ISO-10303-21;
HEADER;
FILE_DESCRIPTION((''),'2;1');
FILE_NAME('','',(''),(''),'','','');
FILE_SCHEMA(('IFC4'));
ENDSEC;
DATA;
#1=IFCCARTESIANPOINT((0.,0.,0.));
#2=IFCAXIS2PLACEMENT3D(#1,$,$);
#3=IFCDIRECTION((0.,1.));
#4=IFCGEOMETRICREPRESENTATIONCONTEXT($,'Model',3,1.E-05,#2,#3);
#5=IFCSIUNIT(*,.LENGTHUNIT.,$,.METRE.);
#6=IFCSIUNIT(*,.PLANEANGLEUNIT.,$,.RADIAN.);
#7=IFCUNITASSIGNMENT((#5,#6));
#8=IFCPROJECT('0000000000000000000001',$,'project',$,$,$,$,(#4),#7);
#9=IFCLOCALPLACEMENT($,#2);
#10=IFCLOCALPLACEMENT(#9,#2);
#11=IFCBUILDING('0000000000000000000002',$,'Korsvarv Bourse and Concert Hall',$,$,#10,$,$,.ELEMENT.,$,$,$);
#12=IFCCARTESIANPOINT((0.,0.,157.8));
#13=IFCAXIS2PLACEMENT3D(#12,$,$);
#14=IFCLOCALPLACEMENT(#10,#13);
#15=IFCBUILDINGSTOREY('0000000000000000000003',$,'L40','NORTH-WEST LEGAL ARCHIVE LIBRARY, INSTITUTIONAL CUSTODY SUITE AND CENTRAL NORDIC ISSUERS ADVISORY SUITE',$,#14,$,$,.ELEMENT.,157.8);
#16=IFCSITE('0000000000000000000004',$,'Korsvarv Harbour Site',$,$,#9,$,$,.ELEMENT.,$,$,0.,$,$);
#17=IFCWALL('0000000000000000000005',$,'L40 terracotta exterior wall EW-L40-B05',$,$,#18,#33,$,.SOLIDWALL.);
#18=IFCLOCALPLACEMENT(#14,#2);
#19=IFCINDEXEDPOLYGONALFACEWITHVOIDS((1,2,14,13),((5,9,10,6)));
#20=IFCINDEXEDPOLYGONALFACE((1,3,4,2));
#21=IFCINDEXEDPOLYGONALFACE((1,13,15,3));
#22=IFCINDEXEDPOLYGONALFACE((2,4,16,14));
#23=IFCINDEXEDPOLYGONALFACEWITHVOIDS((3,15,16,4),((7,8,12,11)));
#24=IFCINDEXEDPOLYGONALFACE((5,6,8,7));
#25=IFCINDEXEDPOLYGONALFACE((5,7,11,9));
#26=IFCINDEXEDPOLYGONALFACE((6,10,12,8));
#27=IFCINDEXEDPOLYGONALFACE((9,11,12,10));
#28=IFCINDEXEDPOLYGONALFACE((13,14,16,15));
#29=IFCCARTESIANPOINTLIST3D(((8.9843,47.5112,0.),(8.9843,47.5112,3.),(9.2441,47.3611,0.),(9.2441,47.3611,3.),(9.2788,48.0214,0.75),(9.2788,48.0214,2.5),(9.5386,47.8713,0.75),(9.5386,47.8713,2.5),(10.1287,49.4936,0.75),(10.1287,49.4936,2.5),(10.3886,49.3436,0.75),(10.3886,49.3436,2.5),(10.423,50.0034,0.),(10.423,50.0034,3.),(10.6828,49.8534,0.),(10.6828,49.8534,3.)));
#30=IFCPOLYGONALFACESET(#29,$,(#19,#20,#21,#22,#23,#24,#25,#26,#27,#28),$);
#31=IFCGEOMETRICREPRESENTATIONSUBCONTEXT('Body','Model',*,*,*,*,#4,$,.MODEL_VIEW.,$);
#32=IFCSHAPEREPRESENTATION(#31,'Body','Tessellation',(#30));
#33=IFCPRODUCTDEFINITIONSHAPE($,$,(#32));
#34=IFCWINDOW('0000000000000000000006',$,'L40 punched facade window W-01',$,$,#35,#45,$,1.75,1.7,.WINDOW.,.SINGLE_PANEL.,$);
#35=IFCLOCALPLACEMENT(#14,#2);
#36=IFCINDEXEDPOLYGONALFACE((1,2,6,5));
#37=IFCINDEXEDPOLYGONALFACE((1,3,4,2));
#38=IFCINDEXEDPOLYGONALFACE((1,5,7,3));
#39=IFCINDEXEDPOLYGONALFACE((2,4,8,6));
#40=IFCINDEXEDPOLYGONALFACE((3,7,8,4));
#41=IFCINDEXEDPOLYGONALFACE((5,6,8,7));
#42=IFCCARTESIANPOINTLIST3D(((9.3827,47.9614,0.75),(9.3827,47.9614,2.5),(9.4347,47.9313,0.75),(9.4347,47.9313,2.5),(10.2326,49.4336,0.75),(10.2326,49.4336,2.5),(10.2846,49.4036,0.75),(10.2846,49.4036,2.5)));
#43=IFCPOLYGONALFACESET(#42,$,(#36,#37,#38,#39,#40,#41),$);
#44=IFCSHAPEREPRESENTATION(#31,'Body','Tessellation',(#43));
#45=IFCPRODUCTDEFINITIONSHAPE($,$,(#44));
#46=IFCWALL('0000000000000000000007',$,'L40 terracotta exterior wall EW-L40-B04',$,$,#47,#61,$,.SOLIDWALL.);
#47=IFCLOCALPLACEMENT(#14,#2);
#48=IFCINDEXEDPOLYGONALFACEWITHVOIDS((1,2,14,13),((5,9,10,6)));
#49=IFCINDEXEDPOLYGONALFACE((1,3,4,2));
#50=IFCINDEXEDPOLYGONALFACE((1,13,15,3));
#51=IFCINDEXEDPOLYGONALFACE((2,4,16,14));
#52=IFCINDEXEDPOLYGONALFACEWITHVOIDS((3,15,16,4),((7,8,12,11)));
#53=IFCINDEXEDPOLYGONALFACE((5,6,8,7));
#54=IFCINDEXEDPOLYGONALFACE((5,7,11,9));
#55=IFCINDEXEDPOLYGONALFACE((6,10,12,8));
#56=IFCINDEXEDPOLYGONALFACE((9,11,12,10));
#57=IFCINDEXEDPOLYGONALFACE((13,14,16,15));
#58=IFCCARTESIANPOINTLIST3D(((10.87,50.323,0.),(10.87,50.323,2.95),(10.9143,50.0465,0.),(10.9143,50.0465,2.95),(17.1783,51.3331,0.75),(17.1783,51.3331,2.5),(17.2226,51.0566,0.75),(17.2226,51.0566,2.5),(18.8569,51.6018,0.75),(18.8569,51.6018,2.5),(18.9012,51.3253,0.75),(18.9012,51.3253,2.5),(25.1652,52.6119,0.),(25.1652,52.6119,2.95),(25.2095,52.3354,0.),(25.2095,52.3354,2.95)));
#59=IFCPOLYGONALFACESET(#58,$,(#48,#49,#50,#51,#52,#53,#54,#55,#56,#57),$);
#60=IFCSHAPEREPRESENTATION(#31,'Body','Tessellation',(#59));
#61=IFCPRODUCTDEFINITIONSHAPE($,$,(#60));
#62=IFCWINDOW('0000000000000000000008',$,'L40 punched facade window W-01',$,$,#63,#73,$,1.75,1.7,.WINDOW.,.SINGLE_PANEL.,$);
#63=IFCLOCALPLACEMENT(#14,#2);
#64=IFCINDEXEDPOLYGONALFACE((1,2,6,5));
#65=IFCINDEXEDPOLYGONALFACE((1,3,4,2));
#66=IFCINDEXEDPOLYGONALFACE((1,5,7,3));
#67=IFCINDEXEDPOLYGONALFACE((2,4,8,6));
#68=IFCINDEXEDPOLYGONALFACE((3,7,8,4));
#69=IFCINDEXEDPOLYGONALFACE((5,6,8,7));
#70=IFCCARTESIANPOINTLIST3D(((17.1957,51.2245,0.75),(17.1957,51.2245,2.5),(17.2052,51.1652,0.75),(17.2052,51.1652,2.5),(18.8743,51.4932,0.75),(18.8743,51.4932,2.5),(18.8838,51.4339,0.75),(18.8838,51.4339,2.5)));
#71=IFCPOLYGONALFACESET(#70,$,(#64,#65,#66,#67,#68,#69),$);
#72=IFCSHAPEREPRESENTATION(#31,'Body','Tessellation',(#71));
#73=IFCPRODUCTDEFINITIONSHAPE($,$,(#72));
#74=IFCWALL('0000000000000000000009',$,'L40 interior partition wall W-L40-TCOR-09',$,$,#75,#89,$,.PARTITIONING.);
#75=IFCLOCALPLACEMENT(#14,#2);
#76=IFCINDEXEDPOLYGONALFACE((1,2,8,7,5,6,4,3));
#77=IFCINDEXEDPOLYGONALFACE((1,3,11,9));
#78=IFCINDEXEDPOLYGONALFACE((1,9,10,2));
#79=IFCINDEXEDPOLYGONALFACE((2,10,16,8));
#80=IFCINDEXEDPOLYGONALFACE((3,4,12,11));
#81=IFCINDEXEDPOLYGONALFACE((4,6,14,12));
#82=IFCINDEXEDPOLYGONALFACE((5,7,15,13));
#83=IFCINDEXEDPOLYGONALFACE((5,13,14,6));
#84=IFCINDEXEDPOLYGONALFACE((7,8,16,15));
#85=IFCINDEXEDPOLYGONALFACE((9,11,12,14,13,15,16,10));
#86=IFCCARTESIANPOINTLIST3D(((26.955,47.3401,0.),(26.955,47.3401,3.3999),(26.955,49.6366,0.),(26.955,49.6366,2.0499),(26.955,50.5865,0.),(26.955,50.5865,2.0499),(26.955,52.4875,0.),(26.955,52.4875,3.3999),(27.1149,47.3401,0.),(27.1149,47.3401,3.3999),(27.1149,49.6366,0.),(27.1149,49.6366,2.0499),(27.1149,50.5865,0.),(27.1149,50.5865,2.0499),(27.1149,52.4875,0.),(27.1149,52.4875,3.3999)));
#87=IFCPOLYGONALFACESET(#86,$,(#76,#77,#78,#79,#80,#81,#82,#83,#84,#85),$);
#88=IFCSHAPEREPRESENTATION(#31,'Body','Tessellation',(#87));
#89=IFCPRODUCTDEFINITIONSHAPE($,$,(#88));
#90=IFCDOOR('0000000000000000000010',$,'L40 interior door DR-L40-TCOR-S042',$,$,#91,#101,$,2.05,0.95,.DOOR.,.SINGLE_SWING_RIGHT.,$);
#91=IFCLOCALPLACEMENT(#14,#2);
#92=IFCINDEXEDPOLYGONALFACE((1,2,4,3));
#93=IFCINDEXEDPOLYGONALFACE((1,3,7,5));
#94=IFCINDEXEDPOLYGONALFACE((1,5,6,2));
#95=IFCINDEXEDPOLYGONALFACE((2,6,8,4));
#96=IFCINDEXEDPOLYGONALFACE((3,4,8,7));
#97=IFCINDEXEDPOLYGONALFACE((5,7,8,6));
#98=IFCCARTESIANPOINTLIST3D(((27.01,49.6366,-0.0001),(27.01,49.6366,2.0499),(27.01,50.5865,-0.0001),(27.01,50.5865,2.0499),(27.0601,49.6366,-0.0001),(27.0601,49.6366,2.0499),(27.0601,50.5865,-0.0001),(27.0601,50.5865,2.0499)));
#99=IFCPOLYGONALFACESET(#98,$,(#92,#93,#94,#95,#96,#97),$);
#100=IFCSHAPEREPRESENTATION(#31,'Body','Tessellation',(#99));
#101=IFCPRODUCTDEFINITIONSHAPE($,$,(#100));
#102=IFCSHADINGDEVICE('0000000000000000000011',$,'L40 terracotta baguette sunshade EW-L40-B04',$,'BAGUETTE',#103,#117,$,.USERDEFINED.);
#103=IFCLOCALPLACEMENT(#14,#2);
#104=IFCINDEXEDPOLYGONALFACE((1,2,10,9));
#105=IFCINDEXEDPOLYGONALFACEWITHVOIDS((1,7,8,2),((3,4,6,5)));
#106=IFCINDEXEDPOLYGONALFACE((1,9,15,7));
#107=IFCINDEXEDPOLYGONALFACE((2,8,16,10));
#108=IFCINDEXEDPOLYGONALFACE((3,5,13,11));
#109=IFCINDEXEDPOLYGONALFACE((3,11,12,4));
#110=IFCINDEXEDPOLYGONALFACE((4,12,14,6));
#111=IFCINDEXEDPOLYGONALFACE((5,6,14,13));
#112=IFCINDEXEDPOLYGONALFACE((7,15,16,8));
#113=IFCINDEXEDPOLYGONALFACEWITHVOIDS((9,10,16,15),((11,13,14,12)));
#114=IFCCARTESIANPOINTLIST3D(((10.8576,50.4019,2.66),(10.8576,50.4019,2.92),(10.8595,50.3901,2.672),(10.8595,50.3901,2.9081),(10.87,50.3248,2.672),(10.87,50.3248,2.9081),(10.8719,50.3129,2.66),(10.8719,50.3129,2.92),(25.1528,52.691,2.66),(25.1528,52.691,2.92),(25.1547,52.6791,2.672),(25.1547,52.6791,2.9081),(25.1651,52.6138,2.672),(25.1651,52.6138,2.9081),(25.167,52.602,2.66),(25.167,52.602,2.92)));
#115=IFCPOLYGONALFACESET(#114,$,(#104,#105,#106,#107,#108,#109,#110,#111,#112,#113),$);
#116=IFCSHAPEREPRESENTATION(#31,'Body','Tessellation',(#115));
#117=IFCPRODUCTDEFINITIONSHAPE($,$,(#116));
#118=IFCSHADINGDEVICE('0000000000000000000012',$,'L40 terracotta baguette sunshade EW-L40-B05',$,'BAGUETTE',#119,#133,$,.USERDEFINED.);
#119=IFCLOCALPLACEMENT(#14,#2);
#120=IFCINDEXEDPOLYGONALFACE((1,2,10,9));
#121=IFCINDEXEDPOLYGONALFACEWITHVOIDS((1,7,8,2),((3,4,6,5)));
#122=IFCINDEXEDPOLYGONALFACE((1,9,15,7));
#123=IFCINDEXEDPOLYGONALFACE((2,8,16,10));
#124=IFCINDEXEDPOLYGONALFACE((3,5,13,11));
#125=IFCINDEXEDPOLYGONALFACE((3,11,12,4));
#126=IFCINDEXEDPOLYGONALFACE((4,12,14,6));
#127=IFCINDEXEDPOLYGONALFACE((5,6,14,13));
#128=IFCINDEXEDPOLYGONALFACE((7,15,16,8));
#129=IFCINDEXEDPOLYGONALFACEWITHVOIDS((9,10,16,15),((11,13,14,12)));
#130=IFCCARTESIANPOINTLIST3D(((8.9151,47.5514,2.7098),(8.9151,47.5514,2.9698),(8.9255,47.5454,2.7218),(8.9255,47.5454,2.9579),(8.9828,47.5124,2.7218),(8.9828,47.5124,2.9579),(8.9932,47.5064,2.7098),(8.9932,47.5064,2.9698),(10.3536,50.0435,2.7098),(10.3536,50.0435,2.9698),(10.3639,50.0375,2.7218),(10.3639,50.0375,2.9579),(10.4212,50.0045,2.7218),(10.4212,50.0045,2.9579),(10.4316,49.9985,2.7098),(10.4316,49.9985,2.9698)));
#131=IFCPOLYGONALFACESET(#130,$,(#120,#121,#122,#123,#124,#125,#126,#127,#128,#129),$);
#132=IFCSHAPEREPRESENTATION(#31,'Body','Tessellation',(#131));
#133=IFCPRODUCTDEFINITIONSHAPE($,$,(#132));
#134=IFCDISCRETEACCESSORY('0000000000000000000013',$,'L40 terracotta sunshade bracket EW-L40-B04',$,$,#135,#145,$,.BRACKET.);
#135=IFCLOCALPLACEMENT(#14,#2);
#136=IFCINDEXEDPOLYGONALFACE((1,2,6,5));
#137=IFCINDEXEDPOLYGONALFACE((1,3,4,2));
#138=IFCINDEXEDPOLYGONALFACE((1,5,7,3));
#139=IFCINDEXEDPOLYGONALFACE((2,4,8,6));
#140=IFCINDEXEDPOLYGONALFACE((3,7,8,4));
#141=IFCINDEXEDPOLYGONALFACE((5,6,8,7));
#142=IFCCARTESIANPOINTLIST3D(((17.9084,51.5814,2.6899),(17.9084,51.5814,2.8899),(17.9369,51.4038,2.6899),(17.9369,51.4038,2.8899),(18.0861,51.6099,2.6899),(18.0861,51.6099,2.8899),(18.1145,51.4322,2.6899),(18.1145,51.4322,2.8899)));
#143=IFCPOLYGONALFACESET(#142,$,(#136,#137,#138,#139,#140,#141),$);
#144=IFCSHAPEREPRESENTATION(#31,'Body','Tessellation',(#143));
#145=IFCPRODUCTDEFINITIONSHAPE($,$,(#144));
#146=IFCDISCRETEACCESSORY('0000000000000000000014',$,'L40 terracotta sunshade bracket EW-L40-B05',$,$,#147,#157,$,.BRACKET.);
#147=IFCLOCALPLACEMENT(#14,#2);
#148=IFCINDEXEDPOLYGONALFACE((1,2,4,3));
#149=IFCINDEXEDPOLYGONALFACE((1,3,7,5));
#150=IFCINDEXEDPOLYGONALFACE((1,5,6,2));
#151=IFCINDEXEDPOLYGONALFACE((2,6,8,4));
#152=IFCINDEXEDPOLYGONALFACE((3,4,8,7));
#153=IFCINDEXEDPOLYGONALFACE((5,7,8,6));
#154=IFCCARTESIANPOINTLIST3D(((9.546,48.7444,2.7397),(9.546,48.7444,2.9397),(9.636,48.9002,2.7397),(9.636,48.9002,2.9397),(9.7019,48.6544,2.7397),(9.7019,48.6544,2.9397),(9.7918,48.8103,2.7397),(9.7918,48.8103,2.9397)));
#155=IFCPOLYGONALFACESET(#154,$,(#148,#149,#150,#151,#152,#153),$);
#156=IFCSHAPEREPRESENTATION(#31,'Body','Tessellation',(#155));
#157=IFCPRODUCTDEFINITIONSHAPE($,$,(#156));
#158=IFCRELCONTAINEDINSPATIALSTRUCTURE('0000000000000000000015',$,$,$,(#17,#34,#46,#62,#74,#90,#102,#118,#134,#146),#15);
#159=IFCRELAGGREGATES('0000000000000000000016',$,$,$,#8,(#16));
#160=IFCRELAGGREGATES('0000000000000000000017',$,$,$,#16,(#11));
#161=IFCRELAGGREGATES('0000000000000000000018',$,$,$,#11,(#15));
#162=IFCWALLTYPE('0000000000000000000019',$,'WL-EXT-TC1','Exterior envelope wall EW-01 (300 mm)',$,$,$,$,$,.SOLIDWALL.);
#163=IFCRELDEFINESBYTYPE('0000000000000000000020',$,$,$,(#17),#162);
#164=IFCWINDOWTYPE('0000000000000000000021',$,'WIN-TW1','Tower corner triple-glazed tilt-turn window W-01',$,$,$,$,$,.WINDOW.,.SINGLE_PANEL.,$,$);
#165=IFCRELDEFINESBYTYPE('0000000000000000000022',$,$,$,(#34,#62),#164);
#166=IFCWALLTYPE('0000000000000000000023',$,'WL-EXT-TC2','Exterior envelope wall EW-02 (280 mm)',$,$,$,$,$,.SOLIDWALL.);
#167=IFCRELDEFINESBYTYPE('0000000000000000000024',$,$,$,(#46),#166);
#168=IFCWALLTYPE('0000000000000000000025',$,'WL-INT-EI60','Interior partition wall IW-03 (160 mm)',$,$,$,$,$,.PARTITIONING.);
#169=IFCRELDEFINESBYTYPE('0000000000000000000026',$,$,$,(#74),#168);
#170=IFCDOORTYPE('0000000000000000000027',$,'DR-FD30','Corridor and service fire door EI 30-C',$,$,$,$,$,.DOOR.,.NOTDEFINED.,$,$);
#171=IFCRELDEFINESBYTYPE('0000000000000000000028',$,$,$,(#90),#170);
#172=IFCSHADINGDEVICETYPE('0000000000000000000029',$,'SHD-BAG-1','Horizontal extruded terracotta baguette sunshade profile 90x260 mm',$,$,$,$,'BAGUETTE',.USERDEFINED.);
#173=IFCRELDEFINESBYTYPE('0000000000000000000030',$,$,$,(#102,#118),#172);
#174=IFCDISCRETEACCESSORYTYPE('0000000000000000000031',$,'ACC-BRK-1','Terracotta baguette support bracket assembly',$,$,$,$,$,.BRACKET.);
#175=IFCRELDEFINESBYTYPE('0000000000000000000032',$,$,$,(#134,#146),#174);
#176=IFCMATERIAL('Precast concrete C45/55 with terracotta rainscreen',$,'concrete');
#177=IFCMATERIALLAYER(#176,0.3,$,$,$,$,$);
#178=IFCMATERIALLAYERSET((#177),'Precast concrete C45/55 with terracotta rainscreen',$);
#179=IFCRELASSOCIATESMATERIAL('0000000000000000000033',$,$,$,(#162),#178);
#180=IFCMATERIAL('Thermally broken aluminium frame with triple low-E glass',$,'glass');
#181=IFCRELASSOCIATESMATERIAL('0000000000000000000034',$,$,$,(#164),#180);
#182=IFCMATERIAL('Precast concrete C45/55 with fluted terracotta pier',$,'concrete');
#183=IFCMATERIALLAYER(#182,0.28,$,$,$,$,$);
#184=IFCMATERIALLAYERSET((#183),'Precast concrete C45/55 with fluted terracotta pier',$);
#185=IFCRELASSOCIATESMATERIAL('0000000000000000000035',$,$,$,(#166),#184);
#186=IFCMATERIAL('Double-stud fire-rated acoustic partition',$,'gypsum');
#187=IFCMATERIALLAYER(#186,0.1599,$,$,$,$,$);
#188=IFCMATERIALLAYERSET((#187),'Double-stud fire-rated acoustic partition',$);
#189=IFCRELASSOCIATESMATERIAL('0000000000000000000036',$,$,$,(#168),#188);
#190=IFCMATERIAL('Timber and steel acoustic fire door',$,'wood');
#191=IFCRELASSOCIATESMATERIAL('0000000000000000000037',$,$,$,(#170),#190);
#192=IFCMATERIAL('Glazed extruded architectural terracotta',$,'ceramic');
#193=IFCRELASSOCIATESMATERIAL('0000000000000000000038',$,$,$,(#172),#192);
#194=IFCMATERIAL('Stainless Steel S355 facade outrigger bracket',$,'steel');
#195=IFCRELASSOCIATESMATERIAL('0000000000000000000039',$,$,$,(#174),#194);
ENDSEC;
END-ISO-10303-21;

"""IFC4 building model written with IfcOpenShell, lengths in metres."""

from ifc_helpers import new_model, si_unit, direction, frame, frame_2d, origin, origin_2d, place, context, subcontext, project, spatial, rectangle, hollow_rectangle, extrude, source, transform, mapped, material, layer, layer_set, material_profile, profile_set, type_object, element, fill, save


model = new_model("IFC4")

# Units and contexts
model_context = context("Model", 3, precision=1e-05, world=origin(), true_north=direction((0.0, 1.0)))
body_context = subcontext(model_context, "Body", "Model", "MODEL_VIEW")
ifc_project = project(units=[si_unit("LENGTHUNIT", "METRE"), si_unit("PLANEANGLEUNIT", "RADIAN")], contexts=[model_context])

# Site, building, storey
site_placement = place(None, origin())
site = spatial("IfcSite", under=ifc_project, at=site_placement, Name="Korsvarv Harbour Site", CompositionType="ELEMENT", RefElevation=0.0)
building_placement = place(site_placement, origin())
building = spatial("IfcBuilding", under=site, at=building_placement, Name="Korsvarv Bourse and Concert Hall", CompositionType="ELEMENT")
storey_placement = place(building_placement, frame((0.0, 0.0, 157.8)))
storey = spatial("IfcBuildingStorey", under=building, at=storey_placement, Name="L40", Description="NORTH-WEST LEGAL ARCHIVE LIBRARY, INSTITUTIONAL CUSTODY SUITE AND CENTRAL NORDIC ISSUERS ADVISORY SUITE", CompositionType="ELEMENT", Elevation=157.8)

# Walls, openings, windows
ifc_material_1 = material(Name="Precast concrete C45/55 with terracotta rainscreen", Category="concrete")
ifc_layer_1 = layer(ifc_material_1, 0.3)
ifc_layer_set_1 = layer_set([ifc_layer_1], Name="Precast concrete C45/55 with terracotta rainscreen")
wall_type_1 = type_object("IfcWallType", Name="WL-EXT-TC1", Description="Exterior envelope wall EW-01 (300 mm)", PredefinedType="SOLIDWALL", material=ifc_layer_set_1)
wall_1_placement = place(storey_placement, frame((10.553, 49.9285, 0.0), z_axis=(0.0, 0.0, 1.0), x_axis=(-0.499962, -0.866047, 0.0)))
wall_1 = element("IfcWall", 1, at=wall_1_placement, inside=storey, type_object=wall_type_1, Name="L40 terracotta exterior wall EW-L40-B05", PredefinedType="SOLIDWALL", context=body_context, shape_type="SweptSolid", body=[
    extrude(rectangle(XDim=2.8777, YDim=0.3, at=frame_2d((1.439, 0.0))), origin(), (0.0, 0.0, 1.0), 3.0),
])
opening_1_placement = place(wall_1_placement, frame((0.5886, 0.0, 0.75)))
opening_1 = element("IfcOpeningElement", 2, at=opening_1_placement, cuts=wall_1, PredefinedType="OPENING", context=body_context, shape_type="SweptSolid", body=[
    extrude(rectangle(XDim=1.7, YDim=1.75, at=frame_2d((0.8501, 0.875))), frame((0.0, 0.1602, 0.0), z_axis=(0.0, -1.0, 0.0), x_axis=(1.0, 0.0, 0.0)), (0.0, 0.0, 1.0), 0.3201),
])
ifc_material_2 = material(Name="Thermally broken aluminium frame with triple low-E glass", Category="glass")
window_type = type_object("IfcWindowType", Name="WIN-TW1", Description="Tower corner triple-glazed tilt-turn window W-01", PartitioningType="SINGLE_PANEL", PredefinedType="WINDOW", material=ifc_material_2)
window_1_placement = place(opening_1_placement, origin())
window_1 = element("IfcWindow", 3, at=window_1_placement, inside=storey, type_object=window_type, Name="L40 punched facade window W-01", OverallHeight=1.75, OverallWidth=1.7, PartitioningType="SINGLE_PANEL", PredefinedType="WINDOW", context=body_context, shape_type="SweptSolid", body=[
    extrude(rectangle(XDim=1.7, YDim=1.75, at=frame_2d((0.8501, 0.875))), frame((0.0, 0.03, 0.0), z_axis=(0.0, -1.0, 0.0), x_axis=(1.0, 0.0, 0.0)), (0.0, 0.0, 1.0), 0.0601),
])
fill(opening_1, window_1)
ifc_material_3 = material(Name="Precast concrete C45/55 with fluted terracotta pier", Category="concrete")
ifc_layer_2 = layer(ifc_material_3, 0.28)
ifc_layer_set_2 = layer_set([ifc_layer_2], Name="Precast concrete C45/55 with fluted terracotta pier")
wall_type_2 = type_object("IfcWallType", Name="WL-EXT-TC2", Description="Exterior envelope wall EW-02 (280 mm)", PredefinedType="SOLIDWALL", material=ifc_layer_set_2)
wall_2_placement = place(storey_placement, frame((25.1875, 52.4736, 0.0), z_axis=(0.0, 0.0, 1.0), x_axis=(-0.987423, -0.158098, 0.0)))
wall_2 = element("IfcWall", 4, at=wall_2_placement, inside=storey, type_object=wall_type_2, Name="L40 terracotta exterior wall EW-L40-B04", PredefinedType="SOLIDWALL", context=body_context, shape_type="SweptSolid", body=[
    extrude(rectangle(XDim=14.4773, YDim=0.28, at=frame_2d((7.2388, 0.0))), origin(), (0.0, 0.0, 1.0), 2.95),
])
opening_2_placement = place(wall_2_placement, frame((6.3887, 0.0, 0.75)))
opening_2 = element("IfcOpeningElement", 5, at=opening_2_placement, cuts=wall_2, PredefinedType="OPENING", context=body_context, shape_type="SweptSolid", body=[
    extrude(rectangle(XDim=1.7, YDim=1.75, at=frame_2d((0.8501, 0.875))), frame((0.0, 0.1499, 0.0), z_axis=(0.0, -1.0, 0.0), x_axis=(1.0, 0.0, 0.0)), (0.0, 0.0, 1.0), 0.3),
])
window_2_placement = place(opening_2_placement, origin())
window_2 = element("IfcWindow", 6, at=window_2_placement, inside=storey, type_object=window_type, Name="L40 punched facade window W-01", OverallHeight=1.75, OverallWidth=1.7, PartitioningType="SINGLE_PANEL", PredefinedType="WINDOW", context=body_context, shape_type="SweptSolid", body=[
    extrude(rectangle(XDim=1.7, YDim=1.75, at=frame_2d((0.8501, 0.875))), frame((0.0, 0.03, 0.0), z_axis=(0.0, -1.0, 0.0), x_axis=(1.0, 0.0, 0.0)), (0.0, 0.0, 1.0), 0.0601),
])
fill(opening_2, window_2)

# Wall, opening, door
ifc_material_4 = material(Name="Double-stud fire-rated acoustic partition", Category="gypsum")
ifc_layer_3 = layer(ifc_material_4, 0.1599)
ifc_layer_set_3 = layer_set([ifc_layer_3], Name="Double-stud fire-rated acoustic partition")
wall_type_3 = type_object("IfcWallType", Name="WL-INT-EI60", Description="Interior partition wall IW-03 (160 mm)", PredefinedType="PARTITIONING", material=ifc_layer_set_3)
wall_3_placement = place(storey_placement, frame((27.0349, 47.3401, 0.0), z_axis=(0.0, 0.0, 1.0), x_axis=(0.0, 1.0, 0.0)))
wall_3 = element("IfcWall", 7, at=wall_3_placement, inside=storey, type_object=wall_type_3, Name="L40 interior partition wall W-L40-TCOR-09", PredefinedType="PARTITIONING", context=body_context, shape_type="SweptSolid", body=[
    extrude(rectangle(XDim=5.1475, YDim=0.1599, at=frame_2d((2.5737, 0.0))), origin(), (0.0, 0.0, 1.0), 3.3999),
])
opening_3_placement = place(wall_3_placement, frame((2.2964, 0.0, 0.0)))
opening_3 = element("IfcOpeningElement", 8, at=opening_3_placement, cuts=wall_3, PredefinedType="OPENING", context=body_context, shape_type="SweptSolid", body=[
    extrude(rectangle(XDim=0.95, YDim=2.05, at=frame_2d((0.4751, 1.0249))), frame((0.0, 0.0898, 0.0), z_axis=(0.0, -1.0, 0.0), x_axis=(1.0, 0.0, 0.0)), (0.0, 0.0, 1.0), 0.1799),
])
ifc_material_5 = material(Name="Timber and steel acoustic fire door", Category="wood")
door_type = type_object("IfcDoorType", Name="DR-FD30", Description="Corridor and service fire door EI 30-C", OperationType="NOTDEFINED", PredefinedType="DOOR", material=ifc_material_5)
door_placement = place(opening_3_placement, origin())
door = element("IfcDoor", 9, at=door_placement, inside=storey, type_object=door_type, Name="L40 interior door DR-L40-TCOR-S042", OperationType="SINGLE_SWING_RIGHT", OverallHeight=2.05, OverallWidth=0.95, PredefinedType="DOOR", context=body_context, shape_type="SweptSolid", body=[
    extrude(rectangle(XDim=0.95, YDim=2.05, at=frame_2d((0.4751, 1.0249))), frame((0.0, 0.0249, 0.0), z_axis=(0.0, -1.0, 0.0), x_axis=(1.0, 0.0, 0.0)), (0.0, 0.0, 1.0), 0.05),
])
fill(opening_3, door)

# Shading devices
ifc_material_6 = material(Name="Glazed extruded architectural terracotta", Category="ceramic")
ifc_material_profile_1 = material_profile(ifc_material_6, hollow_rectangle(XDim=0.0901, YDim=0.26, WallThickness=0.012, at=origin_2d()), Name="TC-BAG 90x260")
ifc_profile_set_1 = profile_set([ifc_material_profile_1], Name="Glazed extruded architectural terracotta")
shading_device_type = type_object("IfcShadingDeviceType", Name="SHD-BAG-1", Description="Horizontal extruded terracotta baguette sunshade profile 90x260 mm", ElementType="BAGUETTE", PredefinedType="USERDEFINED", material=ifc_profile_set_1)
shared_shape_1 = source(origin(), body_context, "Body", "SweptSolid", [
    extrude(hollow_rectangle(XDim=0.0901, YDim=0.26, WallThickness=0.012, at=origin_2d()), origin(), (0.0, 0.0, 1.0), 14.4773),
])
shading_device_1_placement = place(storey_placement, frame((25.1599, 52.6465, 2.79), z_axis=(-0.987421, -0.158114, 0.0), x_axis=(0.158114, -0.987421, 0.0)))
element("IfcShadingDevice", 10, at=shading_device_1_placement, inside=storey, type_object=shading_device_type, Name="L40 terracotta baguette sunshade EW-L40-B04", ObjectType="BAGUETTE", PredefinedType="USERDEFINED", context=body_context, shape_type="MappedRepresentation", body=[
    mapped(shared_shape_1, transform((0.0, 0.0, 0.0), scale=1.0)),
])
shared_shape_2 = source(origin(), body_context, "Body", "SweptSolid", [
    extrude(hollow_rectangle(XDim=0.0901, YDim=0.26, WallThickness=0.012, at=origin_2d()), origin(), (0.0, 0.0, 1.0), 2.8774),
])
shading_device_2_placement = place(storey_placement, frame((10.3926, 50.021, 2.8398), z_axis=(-0.499899, -0.866084, 0.0), x_axis=(0.866084, -0.499899, 0.0)))
element("IfcShadingDevice", 11, at=shading_device_2_placement, inside=storey, type_object=shading_device_type, Name="L40 terracotta baguette sunshade EW-L40-B05", ObjectType="BAGUETTE", PredefinedType="USERDEFINED", context=body_context, shape_type="MappedRepresentation", body=[
    mapped(shared_shape_2, transform((0.0, 0.0, 0.0), scale=1.0)),
])

# Discrete accessories
ifc_material_7 = material(Name="Stainless Steel S355 facade outrigger bracket", Category="steel")
discrete_accessory_type = type_object("IfcDiscreteAccessoryType", Name="ACC-BRK-1", Description="Terracotta baguette support bracket assembly", PredefinedType="BRACKET", material=ifc_material_7)
shared_shape_3 = source(origin(), body_context, "Body", "SweptSolid", [
    extrude(rectangle(XDim=0.1799, YDim=0.1799, at=origin_2d()), origin(), (0.0, 0.0, 1.0), 0.2),
])
for number, where, z_axis, x_axis, name in (
    (12, (18.0115, 51.5068, 2.6899), (0.0, 0.0, 1.0), (-0.987414, -0.158158, 0.0), "L40 terracotta sunshade bracket EW-L40-B04"),
    (13, (9.6689, 48.7773, 2.7397), (0.0, 0.0, 1.0), (-0.5, -0.866025, 0.0), "L40 terracotta sunshade bracket EW-L40-B05"),
):
    element("IfcDiscreteAccessory", number, at=place(storey_placement, frame(where, z_axis=z_axis, x_axis=x_axis)), inside=storey, type_object=discrete_accessory_type, Name=name, PredefinedType="BRACKET", context=body_context, shape_type="MappedRepresentation", body=[
        mapped(shared_shape_3, transform((0.0, 0.0, 0.0), scale=1.0)),
    ])

save(model, "model.ifc")
